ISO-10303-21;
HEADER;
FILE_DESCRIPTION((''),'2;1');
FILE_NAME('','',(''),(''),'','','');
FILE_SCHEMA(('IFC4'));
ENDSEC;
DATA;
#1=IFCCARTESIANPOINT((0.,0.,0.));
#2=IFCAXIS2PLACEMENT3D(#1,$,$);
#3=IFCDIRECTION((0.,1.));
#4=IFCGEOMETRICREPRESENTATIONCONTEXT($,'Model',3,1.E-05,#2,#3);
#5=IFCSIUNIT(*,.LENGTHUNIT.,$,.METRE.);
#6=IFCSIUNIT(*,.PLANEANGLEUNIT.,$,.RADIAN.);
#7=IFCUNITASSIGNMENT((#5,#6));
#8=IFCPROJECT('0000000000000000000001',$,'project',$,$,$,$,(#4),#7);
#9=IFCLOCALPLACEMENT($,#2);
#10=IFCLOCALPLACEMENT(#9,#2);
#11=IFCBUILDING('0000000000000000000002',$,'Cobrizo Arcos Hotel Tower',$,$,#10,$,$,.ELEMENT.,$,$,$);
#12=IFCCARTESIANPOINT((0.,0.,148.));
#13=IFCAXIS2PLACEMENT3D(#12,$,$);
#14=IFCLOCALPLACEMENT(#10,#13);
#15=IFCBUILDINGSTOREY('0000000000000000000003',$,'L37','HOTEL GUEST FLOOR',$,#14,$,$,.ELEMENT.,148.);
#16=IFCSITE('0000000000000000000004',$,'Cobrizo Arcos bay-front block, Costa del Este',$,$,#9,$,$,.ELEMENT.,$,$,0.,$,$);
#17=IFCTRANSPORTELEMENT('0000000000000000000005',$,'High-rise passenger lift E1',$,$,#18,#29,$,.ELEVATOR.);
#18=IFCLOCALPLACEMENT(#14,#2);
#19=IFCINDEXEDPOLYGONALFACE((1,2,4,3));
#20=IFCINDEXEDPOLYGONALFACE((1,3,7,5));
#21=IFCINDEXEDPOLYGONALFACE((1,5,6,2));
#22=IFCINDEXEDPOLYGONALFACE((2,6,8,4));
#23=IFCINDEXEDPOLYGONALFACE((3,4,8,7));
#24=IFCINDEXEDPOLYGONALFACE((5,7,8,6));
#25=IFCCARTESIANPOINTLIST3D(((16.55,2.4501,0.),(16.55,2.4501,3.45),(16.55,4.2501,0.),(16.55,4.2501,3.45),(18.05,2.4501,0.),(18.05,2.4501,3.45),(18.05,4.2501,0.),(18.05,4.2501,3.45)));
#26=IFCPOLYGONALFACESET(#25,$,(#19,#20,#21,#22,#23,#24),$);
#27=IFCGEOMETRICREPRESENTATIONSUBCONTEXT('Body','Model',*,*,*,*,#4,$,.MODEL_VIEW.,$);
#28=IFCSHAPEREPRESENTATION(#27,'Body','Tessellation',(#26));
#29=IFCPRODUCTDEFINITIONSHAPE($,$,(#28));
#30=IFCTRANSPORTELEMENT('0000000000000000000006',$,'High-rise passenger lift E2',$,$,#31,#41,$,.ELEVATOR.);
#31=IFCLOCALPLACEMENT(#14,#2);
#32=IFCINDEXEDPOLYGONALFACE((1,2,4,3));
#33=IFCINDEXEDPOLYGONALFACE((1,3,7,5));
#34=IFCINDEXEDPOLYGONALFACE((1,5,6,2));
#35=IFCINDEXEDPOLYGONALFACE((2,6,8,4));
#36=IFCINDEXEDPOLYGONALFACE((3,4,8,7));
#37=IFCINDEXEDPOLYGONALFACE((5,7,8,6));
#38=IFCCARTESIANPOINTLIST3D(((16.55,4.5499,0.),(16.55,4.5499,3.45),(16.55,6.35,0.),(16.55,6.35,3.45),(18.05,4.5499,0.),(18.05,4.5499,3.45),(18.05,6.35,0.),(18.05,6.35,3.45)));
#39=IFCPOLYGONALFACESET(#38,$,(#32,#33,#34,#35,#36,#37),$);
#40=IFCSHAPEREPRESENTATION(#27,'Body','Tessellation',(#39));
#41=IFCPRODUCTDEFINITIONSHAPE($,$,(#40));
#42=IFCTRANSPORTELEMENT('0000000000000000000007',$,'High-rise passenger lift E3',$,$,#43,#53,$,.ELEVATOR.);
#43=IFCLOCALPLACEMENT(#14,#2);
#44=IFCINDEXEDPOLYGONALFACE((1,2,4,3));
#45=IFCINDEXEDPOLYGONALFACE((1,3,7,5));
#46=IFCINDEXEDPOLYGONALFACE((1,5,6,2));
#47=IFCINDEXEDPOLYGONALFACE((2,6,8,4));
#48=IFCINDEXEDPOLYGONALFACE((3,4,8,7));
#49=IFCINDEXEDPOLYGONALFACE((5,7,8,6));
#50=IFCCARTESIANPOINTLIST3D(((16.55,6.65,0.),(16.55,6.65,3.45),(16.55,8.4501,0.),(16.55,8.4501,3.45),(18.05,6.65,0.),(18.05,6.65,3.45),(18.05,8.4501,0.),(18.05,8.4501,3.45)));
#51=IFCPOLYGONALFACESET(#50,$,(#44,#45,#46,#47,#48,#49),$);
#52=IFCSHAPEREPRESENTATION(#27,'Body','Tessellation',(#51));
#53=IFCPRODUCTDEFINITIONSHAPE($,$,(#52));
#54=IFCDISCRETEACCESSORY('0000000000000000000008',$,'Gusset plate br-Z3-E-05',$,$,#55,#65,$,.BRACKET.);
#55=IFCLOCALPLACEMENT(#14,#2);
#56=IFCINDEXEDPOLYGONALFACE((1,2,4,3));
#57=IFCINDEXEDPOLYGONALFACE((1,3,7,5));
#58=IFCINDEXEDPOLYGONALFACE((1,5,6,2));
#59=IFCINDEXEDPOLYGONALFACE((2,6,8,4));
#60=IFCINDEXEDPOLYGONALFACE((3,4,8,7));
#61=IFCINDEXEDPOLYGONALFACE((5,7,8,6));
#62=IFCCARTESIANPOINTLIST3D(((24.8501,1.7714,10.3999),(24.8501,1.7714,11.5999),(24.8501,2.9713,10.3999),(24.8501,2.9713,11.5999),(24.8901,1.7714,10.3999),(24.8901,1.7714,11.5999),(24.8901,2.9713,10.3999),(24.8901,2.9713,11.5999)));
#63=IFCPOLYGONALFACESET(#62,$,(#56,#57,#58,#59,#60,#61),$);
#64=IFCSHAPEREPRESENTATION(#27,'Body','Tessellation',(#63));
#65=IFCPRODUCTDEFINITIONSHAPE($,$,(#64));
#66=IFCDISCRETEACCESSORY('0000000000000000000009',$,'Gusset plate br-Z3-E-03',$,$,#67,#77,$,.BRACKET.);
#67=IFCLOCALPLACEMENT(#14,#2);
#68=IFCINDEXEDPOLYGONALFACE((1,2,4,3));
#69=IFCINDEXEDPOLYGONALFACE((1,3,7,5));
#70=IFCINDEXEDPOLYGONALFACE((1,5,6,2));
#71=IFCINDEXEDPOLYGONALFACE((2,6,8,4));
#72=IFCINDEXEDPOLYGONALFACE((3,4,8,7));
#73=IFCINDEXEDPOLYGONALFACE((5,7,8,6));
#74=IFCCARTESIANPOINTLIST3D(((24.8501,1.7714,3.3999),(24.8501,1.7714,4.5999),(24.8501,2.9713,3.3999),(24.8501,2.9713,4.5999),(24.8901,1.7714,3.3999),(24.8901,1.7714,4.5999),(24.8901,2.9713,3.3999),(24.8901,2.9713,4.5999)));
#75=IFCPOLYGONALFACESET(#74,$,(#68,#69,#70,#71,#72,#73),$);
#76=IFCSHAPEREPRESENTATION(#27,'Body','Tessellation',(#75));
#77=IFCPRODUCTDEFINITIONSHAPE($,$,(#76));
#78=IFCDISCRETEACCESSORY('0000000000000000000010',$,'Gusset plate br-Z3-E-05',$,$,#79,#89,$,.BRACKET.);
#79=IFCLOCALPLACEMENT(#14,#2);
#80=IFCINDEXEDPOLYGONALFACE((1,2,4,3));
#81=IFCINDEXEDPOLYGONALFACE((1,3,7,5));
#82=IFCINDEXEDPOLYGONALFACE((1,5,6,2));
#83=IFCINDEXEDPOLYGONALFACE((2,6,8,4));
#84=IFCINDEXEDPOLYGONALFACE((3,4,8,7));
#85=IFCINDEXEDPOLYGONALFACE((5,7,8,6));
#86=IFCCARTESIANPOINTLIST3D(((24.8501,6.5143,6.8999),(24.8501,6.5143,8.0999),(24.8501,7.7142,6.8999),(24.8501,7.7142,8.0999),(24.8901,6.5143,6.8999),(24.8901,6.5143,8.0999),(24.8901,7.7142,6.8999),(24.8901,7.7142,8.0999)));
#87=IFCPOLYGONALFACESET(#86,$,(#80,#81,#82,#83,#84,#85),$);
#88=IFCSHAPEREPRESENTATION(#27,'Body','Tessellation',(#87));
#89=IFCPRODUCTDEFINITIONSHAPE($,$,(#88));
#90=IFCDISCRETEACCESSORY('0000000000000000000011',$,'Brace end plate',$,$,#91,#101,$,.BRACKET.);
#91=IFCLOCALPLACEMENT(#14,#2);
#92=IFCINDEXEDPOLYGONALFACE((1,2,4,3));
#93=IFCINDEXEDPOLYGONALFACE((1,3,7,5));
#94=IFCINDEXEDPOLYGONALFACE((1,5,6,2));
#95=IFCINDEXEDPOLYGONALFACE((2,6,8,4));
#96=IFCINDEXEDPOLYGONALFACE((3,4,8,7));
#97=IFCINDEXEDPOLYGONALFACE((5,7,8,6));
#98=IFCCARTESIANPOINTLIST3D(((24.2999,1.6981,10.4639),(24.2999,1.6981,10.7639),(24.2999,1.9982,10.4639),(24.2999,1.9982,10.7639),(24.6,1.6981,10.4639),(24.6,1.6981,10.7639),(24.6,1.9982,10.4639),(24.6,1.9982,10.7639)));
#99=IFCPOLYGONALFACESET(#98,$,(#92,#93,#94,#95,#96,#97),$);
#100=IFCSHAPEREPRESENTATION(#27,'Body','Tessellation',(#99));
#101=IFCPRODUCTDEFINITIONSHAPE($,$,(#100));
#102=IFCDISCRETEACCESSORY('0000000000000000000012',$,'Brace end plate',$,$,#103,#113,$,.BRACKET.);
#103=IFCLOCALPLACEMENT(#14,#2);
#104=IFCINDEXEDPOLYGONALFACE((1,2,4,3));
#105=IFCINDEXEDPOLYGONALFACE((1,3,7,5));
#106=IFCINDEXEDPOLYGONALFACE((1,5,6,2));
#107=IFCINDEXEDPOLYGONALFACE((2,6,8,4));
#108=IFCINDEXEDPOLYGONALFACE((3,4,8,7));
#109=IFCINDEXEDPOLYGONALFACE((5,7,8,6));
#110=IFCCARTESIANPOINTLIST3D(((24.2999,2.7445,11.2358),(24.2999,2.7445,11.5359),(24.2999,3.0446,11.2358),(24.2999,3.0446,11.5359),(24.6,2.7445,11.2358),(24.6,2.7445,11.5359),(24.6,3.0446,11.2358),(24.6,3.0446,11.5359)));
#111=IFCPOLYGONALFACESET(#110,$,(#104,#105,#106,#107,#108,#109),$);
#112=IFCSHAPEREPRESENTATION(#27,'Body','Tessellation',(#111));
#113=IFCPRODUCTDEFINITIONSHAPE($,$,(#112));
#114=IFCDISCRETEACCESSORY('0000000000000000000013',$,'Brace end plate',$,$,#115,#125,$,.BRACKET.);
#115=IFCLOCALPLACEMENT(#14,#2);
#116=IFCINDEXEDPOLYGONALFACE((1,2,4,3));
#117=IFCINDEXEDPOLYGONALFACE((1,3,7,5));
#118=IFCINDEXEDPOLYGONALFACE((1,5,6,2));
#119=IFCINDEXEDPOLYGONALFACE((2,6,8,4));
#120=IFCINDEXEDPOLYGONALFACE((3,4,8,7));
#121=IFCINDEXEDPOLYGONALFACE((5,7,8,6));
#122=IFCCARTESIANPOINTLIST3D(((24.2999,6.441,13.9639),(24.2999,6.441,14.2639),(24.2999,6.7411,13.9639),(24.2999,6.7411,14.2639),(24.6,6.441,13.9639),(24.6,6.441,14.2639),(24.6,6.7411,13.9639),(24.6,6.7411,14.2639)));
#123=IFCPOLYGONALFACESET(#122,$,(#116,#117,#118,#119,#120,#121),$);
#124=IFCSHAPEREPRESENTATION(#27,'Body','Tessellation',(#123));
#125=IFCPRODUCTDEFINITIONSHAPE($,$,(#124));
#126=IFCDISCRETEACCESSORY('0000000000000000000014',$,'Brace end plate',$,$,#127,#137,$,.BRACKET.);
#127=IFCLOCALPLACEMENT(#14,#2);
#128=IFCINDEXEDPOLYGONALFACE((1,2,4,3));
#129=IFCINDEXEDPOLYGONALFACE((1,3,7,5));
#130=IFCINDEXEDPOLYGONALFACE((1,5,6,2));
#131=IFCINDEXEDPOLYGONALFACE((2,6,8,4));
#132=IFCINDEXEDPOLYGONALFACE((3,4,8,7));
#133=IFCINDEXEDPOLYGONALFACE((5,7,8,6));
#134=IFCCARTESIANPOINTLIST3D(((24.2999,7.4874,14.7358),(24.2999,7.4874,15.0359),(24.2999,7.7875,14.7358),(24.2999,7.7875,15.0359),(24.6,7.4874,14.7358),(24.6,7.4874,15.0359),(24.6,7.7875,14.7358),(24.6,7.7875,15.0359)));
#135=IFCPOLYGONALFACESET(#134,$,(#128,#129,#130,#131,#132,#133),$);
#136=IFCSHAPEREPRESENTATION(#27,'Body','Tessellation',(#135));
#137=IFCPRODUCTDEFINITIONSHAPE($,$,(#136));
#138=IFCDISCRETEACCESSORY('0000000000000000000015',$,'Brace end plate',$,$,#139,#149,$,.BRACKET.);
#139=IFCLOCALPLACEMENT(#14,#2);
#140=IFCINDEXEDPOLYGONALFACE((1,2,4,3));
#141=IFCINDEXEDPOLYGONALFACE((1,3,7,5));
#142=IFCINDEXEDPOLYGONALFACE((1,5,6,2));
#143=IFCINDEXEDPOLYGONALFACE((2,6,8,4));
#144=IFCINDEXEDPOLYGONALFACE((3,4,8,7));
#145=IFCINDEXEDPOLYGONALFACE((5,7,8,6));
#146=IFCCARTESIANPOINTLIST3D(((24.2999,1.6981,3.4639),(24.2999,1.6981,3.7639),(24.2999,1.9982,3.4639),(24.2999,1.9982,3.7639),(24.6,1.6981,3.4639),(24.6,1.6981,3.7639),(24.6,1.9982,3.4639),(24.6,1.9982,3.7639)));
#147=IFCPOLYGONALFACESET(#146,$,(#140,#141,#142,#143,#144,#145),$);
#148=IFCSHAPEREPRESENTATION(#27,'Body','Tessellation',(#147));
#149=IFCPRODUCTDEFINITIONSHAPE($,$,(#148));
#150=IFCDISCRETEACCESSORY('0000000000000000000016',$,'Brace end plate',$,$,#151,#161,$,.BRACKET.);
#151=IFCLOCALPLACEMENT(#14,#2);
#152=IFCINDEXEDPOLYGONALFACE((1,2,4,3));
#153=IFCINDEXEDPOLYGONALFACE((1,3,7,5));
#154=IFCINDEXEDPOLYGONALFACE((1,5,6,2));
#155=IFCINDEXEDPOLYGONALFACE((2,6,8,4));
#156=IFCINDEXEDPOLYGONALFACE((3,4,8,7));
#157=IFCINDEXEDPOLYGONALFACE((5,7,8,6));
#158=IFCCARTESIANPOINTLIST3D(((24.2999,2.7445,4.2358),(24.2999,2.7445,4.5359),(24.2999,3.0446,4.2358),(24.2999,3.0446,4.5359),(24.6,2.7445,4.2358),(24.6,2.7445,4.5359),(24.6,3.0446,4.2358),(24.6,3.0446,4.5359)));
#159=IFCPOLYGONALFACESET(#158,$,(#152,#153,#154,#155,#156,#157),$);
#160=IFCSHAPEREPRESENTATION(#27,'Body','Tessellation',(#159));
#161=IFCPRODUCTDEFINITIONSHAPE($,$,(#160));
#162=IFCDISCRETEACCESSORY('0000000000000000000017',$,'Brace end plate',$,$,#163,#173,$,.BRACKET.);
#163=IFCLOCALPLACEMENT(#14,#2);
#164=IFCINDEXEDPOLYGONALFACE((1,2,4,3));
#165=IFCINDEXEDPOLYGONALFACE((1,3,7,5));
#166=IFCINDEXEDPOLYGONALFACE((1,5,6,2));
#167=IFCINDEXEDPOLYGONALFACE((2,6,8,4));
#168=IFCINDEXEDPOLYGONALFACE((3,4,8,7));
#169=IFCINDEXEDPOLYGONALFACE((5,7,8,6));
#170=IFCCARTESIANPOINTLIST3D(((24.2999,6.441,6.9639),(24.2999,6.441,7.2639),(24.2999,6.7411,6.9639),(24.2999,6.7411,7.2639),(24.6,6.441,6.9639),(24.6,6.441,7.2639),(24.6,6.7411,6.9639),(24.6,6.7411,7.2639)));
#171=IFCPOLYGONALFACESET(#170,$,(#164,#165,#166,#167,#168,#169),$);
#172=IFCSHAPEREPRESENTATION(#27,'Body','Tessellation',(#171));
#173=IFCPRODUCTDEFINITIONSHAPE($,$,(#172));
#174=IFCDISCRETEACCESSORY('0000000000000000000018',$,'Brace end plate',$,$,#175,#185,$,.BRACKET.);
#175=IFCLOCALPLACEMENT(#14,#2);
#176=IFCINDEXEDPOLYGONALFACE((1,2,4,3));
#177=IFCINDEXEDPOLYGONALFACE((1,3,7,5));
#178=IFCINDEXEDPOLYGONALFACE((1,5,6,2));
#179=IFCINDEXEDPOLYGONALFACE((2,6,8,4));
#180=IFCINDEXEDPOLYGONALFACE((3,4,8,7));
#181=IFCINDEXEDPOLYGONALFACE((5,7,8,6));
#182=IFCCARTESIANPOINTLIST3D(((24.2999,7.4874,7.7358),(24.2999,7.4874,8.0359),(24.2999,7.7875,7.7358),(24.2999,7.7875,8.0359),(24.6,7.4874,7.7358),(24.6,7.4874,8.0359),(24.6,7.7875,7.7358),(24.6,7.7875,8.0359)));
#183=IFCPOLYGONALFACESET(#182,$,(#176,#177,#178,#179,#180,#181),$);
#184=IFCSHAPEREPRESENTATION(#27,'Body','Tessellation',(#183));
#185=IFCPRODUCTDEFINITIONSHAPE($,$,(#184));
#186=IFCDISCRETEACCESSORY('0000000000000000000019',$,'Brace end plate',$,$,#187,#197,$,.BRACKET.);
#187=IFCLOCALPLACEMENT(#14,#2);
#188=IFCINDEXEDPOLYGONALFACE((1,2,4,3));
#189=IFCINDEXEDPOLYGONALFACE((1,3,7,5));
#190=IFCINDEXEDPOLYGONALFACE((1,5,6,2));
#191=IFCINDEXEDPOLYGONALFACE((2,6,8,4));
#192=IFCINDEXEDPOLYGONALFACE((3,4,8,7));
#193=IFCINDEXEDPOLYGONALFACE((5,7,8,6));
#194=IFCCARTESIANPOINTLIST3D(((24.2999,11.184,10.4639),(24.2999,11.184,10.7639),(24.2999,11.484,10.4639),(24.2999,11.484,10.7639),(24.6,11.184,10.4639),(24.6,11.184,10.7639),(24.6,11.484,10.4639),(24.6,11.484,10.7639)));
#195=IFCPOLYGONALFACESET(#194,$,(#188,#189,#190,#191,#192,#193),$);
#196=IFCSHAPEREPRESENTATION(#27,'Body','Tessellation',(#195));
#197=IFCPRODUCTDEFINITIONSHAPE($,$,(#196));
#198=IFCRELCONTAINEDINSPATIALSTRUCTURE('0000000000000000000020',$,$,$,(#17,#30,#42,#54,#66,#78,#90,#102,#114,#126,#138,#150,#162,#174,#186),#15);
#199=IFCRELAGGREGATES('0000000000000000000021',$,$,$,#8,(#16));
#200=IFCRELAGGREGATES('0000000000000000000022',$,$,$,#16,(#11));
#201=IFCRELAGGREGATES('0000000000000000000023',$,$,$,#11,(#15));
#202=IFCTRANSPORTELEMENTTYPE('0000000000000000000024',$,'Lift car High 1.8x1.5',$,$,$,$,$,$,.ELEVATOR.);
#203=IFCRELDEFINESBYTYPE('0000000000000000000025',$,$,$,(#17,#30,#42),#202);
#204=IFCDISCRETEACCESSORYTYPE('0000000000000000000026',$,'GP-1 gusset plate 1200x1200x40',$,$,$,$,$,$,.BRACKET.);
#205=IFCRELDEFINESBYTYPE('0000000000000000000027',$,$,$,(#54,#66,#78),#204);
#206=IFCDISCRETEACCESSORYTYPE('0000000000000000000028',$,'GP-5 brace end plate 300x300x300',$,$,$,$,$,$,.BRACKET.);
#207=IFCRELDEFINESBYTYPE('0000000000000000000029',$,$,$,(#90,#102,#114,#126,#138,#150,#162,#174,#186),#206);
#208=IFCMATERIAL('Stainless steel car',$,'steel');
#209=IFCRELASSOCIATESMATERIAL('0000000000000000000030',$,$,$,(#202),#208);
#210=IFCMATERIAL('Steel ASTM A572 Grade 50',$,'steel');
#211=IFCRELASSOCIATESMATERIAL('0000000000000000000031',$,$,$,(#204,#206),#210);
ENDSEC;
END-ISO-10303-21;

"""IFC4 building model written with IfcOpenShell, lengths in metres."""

from ifc_helpers import new_model, si_unit, direction, frame, origin, origin_2d, place, context, subcontext, project, spatial, rectangle, extrude, material, type_object, element, save


model = new_model("IFC4")

# Units and contexts
model_context = context("Model", 3, precision=1e-05, world=origin(), true_north=direction((0.0, 1.0)))
body_context = subcontext(model_context, "Body", "Model", "MODEL_VIEW")
ifc_project = project(units=[si_unit("LENGTHUNIT", "METRE"), si_unit("PLANEANGLEUNIT", "RADIAN")], contexts=[model_context])

# Site, building, storey
site_placement = place(None, origin())
site = spatial("IfcSite", under=ifc_project, at=site_placement, Name="Cobrizo Arcos bay-front block, Costa del Este", CompositionType="ELEMENT", RefElevation=0.0)
building_placement = place(site_placement, origin())
building = spatial("IfcBuilding", under=site, at=building_placement, Name="Cobrizo Arcos Hotel Tower", CompositionType="ELEMENT")
storey_placement = place(building_placement, frame((0.0, 0.0, 148.0)))
storey = spatial("IfcBuildingStorey", under=building, at=storey_placement, Name="L37", Description="HOTEL GUEST FLOOR", CompositionType="ELEMENT", Elevation=148.0)

# Shared definitions
ifc_material_1 = material(Name="Steel ASTM A572 Grade 50", Category="steel")

# Transport elements
ifc_material_2 = material(Name="Stainless steel car", Category="steel")
transport_element_type = type_object("IfcTransportElementType", Name="Lift car High 1.8x1.5", PredefinedType="ELEVATOR", material=ifc_material_2)
for number, where, z_axis, x_axis, name in (
    (1, (17.3, 3.3501, 0.0), (0.0, 0.0, 1.0), (1.0, 0.0, 0.0), "High-rise passenger lift E1"),
    (2, (17.3, 5.45, 0.0), (0.0, 0.0, 1.0), (1.0, 0.0, 0.0), "High-rise passenger lift E2"),
    (3, (17.3, 7.55, 0.0), (0.0, 0.0, 1.0), (1.0, 0.0, 0.0), "High-rise passenger lift E3"),
):
    element("IfcTransportElement", number, at=place(storey_placement, frame(where, z_axis=z_axis, x_axis=x_axis)), inside=storey, type_object=transport_element_type, Name=name, PredefinedType="ELEVATOR", context=body_context, shape_type="SweptSolid", body=[
        extrude(rectangle(XDim=1.5, YDim=1.8, at=origin_2d()), origin(), (0.0, 0.0, 1.0), 3.45),
    ])

# Discrete accessories
discrete_accessory_type_1 = type_object("IfcDiscreteAccessoryType", Name="GP-1 gusset plate 1200x1200x40", PredefinedType="BRACKET", material=ifc_material_1)
for number, where, z_axis, x_axis, name in (
    (4, (24.8701, 2.3713, 10.3999), (0.0, 0.0, 1.0), (1.0, 0.0, 0.0), "Gusset plate br-Z3-E-05"),
    (5, (24.8701, 2.3713, 3.3999), (0.0, 0.0, 1.0), (1.0, 0.0, 0.0), "Gusset plate br-Z3-E-03"),
    (6, (24.8701, 7.1143, 6.8999), (0.0, 0.0, 1.0), (1.0, 0.0, 0.0), "Gusset plate br-Z3-E-05"),
):
    element("IfcDiscreteAccessory", number, at=place(storey_placement, frame(where, z_axis=z_axis, x_axis=x_axis)), inside=storey, type_object=discrete_accessory_type_1, Name=name, PredefinedType="BRACKET", context=body_context, shape_type="SweptSolid", body=[
        extrude(rectangle(XDim=0.04, YDim=1.2, at=origin_2d()), origin(), (0.0, 0.0, 1.0), 1.2),
    ])
discrete_accessory_type_2 = type_object("IfcDiscreteAccessoryType", Name="GP-5 brace end plate 300x300x300", PredefinedType="BRACKET", material=ifc_material_1)
for number, where, z_axis, x_axis, name in (
    (7, (24.45, 1.8481, 10.4639), (0.0, 0.0, 1.0), (1.0, 0.0, 0.0), "Brace end plate"),
    (8, (24.45, 2.8945, 11.2358), (0.0, 0.0, 1.0), (1.0, 0.0, 0.0), "Brace end plate"),
    (9, (24.45, 6.5911, 13.9639), (0.0, 0.0, 1.0), (1.0, 0.0, 0.0), "Brace end plate"),
    (10, (24.45, 7.6375, 14.7358), (0.0, 0.0, 1.0), (1.0, 0.0, 0.0), "Brace end plate"),
    (11, (24.45, 1.8481, 3.4639), (0.0, 0.0, 1.0), (1.0, 0.0, 0.0), "Brace end plate"),
    (12, (24.45, 2.8945, 4.2358), (0.0, 0.0, 1.0), (1.0, 0.0, 0.0), "Brace end plate"),
    (13, (24.45, 6.5911, 6.9639), (0.0, 0.0, 1.0), (1.0, 0.0, 0.0), "Brace end plate"),
    (14, (24.45, 7.6375, 7.7358), (0.0, 0.0, 1.0), (1.0, 0.0, 0.0), "Brace end plate"),
    (15, (24.45, 11.334, 10.4639), (0.0, 0.0, 1.0), (1.0, 0.0, 0.0), "Brace end plate"),
):
    element("IfcDiscreteAccessory", number, at=place(storey_placement, frame(where, z_axis=z_axis, x_axis=x_axis)), inside=storey, type_object=discrete_accessory_type_2, Name=name, PredefinedType="BRACKET", context=body_context, shape_type="SweptSolid", body=[
        extrude(rectangle(XDim=0.3, YDim=0.3, at=origin_2d()), origin(), (0.0, 0.0, 1.0), 0.3),
    ])

save(model, "model.ifc")
